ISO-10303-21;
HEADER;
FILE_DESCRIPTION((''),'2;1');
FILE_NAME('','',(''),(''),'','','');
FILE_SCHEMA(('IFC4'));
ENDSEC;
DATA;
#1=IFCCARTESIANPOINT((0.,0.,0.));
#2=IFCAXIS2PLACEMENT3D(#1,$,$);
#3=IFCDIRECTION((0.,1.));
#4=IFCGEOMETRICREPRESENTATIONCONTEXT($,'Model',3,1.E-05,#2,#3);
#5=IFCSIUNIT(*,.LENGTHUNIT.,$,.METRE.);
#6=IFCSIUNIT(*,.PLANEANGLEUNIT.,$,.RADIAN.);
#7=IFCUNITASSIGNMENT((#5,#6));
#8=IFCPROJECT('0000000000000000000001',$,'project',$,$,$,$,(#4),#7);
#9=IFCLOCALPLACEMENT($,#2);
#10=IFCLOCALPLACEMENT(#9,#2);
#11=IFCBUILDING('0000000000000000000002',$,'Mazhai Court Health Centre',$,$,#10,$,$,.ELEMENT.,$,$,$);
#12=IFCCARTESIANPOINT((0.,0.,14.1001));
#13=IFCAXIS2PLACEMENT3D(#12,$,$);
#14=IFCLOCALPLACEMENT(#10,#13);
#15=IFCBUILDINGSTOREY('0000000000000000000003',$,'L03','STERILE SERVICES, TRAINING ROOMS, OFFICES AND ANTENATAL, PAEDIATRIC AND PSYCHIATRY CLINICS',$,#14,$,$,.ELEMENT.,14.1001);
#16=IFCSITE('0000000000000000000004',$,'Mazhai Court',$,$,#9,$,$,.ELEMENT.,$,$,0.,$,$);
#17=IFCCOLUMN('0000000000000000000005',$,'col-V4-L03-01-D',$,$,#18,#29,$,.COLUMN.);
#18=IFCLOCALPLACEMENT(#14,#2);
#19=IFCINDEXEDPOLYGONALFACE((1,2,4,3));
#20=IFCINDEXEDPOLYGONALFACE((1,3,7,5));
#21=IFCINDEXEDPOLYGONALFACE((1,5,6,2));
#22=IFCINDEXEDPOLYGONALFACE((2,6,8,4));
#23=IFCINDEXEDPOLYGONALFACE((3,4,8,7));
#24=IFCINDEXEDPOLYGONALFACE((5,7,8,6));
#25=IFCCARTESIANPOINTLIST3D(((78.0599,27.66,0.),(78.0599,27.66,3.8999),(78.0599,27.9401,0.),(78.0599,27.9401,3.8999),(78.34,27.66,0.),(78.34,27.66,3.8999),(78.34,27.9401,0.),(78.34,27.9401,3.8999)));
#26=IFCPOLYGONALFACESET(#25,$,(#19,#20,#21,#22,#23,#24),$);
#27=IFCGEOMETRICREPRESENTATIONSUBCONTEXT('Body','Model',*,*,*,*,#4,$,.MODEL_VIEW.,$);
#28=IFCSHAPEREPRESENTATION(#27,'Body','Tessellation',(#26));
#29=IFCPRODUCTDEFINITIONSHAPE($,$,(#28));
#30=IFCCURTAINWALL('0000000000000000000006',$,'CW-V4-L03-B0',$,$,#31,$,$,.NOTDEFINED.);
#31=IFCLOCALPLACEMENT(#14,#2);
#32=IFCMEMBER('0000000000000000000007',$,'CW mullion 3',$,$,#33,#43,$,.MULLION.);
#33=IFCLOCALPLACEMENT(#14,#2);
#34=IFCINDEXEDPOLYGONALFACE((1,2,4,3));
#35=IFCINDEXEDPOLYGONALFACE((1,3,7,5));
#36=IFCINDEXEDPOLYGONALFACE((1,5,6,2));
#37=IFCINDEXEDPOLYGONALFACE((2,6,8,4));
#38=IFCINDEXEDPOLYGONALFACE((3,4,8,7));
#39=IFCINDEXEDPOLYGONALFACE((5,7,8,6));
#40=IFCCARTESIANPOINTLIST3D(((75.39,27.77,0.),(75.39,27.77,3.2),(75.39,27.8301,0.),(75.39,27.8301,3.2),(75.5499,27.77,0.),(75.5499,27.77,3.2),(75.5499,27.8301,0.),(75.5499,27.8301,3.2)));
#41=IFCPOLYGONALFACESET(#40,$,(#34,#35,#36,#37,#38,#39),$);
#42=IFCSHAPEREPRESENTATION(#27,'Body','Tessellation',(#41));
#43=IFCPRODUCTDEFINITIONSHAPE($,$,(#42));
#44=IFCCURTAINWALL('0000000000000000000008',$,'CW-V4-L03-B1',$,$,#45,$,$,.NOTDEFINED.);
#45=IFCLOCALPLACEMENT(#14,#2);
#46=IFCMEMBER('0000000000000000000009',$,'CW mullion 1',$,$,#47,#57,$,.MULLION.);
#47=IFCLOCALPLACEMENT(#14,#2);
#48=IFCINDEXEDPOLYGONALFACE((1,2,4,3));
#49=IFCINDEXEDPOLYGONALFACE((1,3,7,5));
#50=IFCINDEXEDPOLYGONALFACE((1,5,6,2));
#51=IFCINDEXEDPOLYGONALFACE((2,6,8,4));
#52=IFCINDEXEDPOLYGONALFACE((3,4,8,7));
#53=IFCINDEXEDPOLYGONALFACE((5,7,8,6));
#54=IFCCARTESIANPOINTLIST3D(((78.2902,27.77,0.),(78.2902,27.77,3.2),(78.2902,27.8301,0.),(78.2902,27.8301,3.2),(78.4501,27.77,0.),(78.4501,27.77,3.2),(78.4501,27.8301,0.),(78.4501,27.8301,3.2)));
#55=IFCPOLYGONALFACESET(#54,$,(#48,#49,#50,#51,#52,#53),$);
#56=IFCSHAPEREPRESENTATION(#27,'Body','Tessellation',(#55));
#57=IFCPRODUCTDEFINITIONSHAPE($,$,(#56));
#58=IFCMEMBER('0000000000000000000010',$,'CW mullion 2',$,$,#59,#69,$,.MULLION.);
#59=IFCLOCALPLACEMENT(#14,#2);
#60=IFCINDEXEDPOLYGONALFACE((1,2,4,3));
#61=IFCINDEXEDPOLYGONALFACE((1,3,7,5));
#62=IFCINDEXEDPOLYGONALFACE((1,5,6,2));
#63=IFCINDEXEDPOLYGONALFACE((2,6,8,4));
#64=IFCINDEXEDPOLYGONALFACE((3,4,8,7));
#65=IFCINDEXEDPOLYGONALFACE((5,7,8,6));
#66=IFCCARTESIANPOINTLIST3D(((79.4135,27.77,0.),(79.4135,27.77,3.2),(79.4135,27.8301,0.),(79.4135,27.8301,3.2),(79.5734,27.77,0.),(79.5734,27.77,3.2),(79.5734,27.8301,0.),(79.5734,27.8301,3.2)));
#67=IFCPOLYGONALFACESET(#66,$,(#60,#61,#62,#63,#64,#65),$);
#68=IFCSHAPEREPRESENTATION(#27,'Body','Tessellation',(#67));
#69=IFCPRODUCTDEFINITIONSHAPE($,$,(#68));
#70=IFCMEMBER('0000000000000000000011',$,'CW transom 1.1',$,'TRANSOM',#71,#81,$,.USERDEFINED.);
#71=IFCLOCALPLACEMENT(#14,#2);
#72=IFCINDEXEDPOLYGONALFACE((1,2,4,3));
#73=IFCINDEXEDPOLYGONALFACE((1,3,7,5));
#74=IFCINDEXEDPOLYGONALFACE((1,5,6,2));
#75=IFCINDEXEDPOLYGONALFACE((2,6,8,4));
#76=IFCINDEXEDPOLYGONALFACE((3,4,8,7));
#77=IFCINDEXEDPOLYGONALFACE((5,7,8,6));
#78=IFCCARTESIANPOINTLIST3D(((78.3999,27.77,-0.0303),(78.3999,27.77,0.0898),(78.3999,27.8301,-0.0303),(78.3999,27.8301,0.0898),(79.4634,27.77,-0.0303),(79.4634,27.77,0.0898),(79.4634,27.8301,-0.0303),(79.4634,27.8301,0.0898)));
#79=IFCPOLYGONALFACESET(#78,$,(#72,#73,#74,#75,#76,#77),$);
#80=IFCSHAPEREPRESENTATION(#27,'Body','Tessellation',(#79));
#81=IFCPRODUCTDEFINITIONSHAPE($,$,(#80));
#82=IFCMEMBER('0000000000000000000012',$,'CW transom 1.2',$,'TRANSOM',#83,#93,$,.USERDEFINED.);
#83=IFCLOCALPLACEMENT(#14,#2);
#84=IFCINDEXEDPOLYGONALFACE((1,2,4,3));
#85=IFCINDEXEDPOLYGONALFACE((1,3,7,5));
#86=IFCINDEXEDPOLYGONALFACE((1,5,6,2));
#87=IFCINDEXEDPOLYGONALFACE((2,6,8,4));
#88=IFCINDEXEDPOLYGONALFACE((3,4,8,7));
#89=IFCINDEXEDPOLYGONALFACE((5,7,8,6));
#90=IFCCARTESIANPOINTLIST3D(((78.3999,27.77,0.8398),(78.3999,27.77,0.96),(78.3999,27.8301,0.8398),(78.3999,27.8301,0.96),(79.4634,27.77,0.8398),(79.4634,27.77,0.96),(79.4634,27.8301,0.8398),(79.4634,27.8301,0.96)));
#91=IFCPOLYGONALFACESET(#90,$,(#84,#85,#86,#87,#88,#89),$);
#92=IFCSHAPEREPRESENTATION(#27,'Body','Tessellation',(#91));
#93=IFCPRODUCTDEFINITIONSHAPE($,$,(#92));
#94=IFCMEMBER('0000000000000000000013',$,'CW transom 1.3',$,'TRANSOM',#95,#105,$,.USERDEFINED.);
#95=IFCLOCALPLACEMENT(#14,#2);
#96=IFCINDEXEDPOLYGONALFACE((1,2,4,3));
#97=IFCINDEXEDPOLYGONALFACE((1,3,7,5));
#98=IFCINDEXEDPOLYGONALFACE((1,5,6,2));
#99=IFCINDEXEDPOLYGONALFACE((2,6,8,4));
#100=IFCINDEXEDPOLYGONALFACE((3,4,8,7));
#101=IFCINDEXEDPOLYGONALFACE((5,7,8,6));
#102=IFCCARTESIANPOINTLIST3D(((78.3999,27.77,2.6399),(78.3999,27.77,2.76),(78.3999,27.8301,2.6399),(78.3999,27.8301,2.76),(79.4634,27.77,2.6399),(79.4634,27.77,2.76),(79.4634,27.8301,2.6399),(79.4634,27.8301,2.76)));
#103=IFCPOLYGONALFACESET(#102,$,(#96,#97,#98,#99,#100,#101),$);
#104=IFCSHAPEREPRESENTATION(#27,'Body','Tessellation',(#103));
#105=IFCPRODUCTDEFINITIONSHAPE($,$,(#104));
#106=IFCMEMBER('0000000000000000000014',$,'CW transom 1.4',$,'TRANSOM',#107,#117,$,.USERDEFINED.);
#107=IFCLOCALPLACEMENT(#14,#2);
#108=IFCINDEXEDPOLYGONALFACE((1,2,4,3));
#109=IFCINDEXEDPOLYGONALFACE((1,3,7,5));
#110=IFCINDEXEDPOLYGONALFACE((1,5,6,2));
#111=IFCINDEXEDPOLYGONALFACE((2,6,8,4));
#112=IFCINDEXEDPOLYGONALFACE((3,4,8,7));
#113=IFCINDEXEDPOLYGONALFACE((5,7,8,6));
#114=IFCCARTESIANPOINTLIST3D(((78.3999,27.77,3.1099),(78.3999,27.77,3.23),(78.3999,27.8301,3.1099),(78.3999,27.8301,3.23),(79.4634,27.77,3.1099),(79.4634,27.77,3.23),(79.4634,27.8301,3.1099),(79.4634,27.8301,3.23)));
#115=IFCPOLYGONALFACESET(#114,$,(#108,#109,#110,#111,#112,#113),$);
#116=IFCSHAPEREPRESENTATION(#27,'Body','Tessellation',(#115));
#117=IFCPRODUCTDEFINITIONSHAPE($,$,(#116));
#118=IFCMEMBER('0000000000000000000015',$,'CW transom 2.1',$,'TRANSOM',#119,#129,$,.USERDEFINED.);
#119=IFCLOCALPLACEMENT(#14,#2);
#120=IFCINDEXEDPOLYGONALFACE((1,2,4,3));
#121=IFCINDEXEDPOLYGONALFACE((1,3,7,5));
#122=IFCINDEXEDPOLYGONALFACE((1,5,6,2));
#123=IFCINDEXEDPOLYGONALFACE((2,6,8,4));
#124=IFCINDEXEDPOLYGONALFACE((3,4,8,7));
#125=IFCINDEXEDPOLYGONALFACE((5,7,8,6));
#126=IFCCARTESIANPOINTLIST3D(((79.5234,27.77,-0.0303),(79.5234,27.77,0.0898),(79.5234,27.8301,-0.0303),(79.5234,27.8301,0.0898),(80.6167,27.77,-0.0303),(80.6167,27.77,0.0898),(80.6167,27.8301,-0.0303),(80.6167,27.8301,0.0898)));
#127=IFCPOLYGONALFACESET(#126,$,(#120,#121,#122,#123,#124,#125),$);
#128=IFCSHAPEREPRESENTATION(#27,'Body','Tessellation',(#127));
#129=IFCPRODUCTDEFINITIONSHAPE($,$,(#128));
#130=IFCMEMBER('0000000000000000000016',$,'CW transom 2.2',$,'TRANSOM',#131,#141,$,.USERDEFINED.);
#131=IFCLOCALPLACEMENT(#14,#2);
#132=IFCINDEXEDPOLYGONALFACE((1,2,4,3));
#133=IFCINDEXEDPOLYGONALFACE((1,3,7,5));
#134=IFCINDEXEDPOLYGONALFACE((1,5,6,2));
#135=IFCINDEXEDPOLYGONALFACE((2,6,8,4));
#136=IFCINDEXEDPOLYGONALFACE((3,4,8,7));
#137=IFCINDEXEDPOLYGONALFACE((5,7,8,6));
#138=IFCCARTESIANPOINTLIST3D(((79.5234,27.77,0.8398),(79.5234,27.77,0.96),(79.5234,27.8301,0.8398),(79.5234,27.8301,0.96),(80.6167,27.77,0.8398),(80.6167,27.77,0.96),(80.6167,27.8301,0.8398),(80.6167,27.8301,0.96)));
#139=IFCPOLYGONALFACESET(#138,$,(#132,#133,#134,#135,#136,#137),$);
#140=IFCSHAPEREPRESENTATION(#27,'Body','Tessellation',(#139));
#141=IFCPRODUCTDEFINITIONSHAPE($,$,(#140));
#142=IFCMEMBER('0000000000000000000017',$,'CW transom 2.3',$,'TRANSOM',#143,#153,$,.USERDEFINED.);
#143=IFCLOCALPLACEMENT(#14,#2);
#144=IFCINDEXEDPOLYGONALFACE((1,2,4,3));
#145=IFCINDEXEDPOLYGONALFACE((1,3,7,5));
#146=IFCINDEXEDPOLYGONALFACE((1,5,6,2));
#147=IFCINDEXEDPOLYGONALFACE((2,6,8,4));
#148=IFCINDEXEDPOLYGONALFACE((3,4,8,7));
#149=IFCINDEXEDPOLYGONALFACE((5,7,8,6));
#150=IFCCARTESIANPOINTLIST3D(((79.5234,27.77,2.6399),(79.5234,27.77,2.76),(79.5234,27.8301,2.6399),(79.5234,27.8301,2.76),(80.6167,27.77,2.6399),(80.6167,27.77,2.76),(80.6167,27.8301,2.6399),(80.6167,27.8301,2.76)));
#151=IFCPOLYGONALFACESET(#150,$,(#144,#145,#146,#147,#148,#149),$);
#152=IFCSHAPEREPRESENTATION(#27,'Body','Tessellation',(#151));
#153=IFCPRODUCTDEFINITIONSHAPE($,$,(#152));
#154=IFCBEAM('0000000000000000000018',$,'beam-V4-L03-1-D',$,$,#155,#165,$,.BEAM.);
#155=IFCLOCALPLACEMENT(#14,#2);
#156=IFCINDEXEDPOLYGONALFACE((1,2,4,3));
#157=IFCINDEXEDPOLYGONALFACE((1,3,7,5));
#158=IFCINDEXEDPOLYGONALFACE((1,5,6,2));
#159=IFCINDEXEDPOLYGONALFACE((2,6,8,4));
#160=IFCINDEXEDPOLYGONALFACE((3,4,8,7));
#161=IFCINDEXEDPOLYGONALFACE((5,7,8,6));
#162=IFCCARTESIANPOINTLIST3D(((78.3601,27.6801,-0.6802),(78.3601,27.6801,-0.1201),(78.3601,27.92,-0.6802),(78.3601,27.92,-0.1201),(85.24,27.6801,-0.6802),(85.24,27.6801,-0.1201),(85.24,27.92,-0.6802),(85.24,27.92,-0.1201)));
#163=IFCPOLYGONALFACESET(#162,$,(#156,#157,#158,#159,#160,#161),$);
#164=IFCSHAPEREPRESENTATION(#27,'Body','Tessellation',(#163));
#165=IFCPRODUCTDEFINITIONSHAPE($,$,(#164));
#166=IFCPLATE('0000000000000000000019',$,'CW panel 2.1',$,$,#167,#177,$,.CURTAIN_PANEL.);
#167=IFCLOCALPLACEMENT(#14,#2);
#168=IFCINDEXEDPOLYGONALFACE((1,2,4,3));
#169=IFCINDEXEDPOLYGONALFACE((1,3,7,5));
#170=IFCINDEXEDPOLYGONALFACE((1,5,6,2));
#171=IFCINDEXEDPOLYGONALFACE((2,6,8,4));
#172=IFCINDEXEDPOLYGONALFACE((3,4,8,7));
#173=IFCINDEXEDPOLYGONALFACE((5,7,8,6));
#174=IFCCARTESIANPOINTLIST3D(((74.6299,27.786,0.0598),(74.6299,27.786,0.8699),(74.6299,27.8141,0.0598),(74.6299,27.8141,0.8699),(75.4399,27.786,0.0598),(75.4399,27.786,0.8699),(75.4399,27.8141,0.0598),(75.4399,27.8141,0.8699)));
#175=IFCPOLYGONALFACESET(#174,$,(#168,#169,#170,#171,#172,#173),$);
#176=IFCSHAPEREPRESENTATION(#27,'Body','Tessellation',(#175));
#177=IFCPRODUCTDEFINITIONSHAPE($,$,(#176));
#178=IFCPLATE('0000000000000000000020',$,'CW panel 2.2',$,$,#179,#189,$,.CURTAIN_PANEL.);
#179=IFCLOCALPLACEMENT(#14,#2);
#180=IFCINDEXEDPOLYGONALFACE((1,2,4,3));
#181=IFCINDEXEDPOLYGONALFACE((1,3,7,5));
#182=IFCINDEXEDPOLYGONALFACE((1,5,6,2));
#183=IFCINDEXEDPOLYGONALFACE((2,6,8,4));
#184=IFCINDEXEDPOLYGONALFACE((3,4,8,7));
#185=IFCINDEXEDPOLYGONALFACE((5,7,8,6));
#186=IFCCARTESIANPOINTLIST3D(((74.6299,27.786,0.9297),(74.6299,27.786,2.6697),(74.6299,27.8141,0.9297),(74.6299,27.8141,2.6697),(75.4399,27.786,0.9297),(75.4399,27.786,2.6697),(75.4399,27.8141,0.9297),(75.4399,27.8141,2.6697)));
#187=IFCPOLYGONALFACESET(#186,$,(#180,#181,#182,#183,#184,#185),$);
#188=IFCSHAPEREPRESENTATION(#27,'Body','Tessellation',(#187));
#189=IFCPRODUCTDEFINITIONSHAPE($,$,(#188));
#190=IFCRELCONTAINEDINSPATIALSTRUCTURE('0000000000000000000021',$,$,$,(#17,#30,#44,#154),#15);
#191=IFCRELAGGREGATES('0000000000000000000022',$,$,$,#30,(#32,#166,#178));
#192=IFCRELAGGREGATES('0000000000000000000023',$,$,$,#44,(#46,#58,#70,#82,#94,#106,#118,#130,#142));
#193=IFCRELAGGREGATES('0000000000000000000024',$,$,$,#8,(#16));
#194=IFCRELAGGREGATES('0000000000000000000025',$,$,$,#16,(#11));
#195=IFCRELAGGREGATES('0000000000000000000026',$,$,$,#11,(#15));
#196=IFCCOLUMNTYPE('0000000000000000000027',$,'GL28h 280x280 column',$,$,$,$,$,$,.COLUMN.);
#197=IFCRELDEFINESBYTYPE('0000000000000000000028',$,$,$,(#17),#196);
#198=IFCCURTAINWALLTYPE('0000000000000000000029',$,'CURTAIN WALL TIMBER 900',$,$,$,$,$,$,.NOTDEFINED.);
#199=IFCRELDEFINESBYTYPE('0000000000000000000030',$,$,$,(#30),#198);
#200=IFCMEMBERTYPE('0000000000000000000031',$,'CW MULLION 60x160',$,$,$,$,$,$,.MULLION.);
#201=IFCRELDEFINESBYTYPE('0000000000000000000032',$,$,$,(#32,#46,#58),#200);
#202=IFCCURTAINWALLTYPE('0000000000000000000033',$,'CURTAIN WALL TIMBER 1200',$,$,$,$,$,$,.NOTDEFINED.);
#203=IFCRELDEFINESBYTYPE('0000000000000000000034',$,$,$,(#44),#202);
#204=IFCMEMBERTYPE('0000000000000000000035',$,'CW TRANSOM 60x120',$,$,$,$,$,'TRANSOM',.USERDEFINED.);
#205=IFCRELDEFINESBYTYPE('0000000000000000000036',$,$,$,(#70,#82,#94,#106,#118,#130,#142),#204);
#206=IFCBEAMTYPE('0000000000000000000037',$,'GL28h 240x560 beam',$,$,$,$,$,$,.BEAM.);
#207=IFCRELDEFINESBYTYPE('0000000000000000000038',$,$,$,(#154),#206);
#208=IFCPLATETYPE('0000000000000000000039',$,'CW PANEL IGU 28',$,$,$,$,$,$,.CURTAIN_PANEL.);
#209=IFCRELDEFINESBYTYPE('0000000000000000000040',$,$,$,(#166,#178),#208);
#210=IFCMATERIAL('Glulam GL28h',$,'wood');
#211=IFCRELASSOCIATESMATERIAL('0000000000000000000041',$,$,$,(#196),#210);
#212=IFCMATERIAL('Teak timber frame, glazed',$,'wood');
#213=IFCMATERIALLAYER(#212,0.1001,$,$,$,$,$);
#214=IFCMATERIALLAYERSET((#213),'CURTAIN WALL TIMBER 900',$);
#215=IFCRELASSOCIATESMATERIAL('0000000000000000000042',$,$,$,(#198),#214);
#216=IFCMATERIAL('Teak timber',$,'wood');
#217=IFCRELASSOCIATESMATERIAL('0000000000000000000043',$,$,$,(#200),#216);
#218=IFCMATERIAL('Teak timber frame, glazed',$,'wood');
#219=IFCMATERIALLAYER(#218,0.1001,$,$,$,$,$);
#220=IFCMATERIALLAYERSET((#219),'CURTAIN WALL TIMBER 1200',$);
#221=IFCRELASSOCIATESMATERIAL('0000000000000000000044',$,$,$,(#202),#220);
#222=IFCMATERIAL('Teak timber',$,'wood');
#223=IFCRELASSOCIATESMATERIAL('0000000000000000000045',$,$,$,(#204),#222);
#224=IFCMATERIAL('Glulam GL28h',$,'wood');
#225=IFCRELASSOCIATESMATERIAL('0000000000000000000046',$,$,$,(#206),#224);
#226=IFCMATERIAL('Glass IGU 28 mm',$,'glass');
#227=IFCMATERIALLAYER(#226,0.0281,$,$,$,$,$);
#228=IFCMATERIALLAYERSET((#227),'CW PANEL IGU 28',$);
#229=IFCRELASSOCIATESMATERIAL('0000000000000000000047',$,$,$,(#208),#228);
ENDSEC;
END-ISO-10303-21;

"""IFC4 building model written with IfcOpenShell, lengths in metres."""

from ifc_helpers import new_model, si_unit, direction, frame, origin, origin_2d, place, context, subcontext, project, spatial, rectangle, extrude, material, layer, layer_set, material_profile, profile_set, type_object, element, aggregate, save


model = new_model("IFC4")

# Units and contexts
model_context = context("Model", 3, precision=1e-05, world=origin(), true_north=direction((0.0, 1.0)))
body_context = subcontext(model_context, "Body", "Model", "MODEL_VIEW")
ifc_project = project(units=[si_unit("LENGTHUNIT", "METRE"), si_unit("PLANEANGLEUNIT", "RADIAN")], contexts=[model_context])

# Site, building, storey
site_placement = place(None, origin())
site = spatial("IfcSite", under=ifc_project, at=site_placement, Name="Mazhai Court", CompositionType="ELEMENT", RefElevation=0.0)
building_placement = place(site_placement, origin())
building = spatial("IfcBuilding", under=site, at=building_placement, Name="Mazhai Court Health Centre", CompositionType="ELEMENT")
storey_placement = place(building_placement, frame((0.0, 0.0, 14.1001)))
storey = spatial("IfcBuildingStorey", under=building, at=storey_placement, Name="L03", Description="STERILE SERVICES, TRAINING ROOMS, OFFICES AND ANTENATAL, PAEDIATRIC AND PSYCHIATRY CLINICS", CompositionType="ELEMENT", Elevation=14.1001)

# Column
ifc_material_1 = material(Name="Glulam GL28h", Category="wood")
ifc_material_profile_1 = material_profile(ifc_material_1, rectangle(XDim=0.28, YDim=0.28, at=origin_2d()), Name="GL28h 280x280")
ifc_profile_set_1 = profile_set([ifc_material_profile_1], Name="Glulam GL28h")
column_type = type_object("IfcColumnType", Name="GL28h 280x280 column", PredefinedType="COLUMN", material=ifc_profile_set_1)
column_placement = place(storey_placement, frame((78.2, 27.8, 0.0), z_axis=(0.0, 0.0, 1.0), x_axis=(1.0, 0.0, 0.0)))
element("IfcColumn", 1, at=column_placement, inside=storey, type_object=column_type, Name="col-V4-L03-01-D", PredefinedType="COLUMN", context=body_context, shape_type="SweptSolid", body=[
    extrude(rectangle(XDim=0.28, YDim=0.28, at=origin_2d()), origin(), (0.0, 0.0, 1.0), 3.8999),
])

# Curtain wall, member
ifc_material_2 = material(Name="Teak timber frame, glazed", Category="wood")
ifc_layer_1 = layer(ifc_material_2, 0.1001)
ifc_layer_set_1 = layer_set([ifc_layer_1], Name="CURTAIN WALL TIMBER 900")
curtain_wall_type_1 = type_object("IfcCurtainWallType", Name="CURTAIN WALL TIMBER 900", PredefinedType="NOTDEFINED", material=ifc_layer_set_1)
curtain_wall_1_placement = place(storey_placement, origin())
curtain_wall_1 = element("IfcCurtainWall", 2, at=curtain_wall_1_placement, inside=storey, type_object=curtain_wall_type_1, Name="CW-V4-L03-B0", PredefinedType="NOTDEFINED")
ifc_material_3 = material(Name="Teak timber", Category="wood")
ifc_material_profile_2 = material_profile(ifc_material_3, rectangle(XDim=0.0601, YDim=0.1599, at=origin_2d()), Name="CW MULLION 60x160")
ifc_profile_set_2 = profile_set([ifc_material_profile_2], Name="Teak timber")
member_type_1 = type_object("IfcMemberType", Name="CW MULLION 60x160", PredefinedType="MULLION", material=ifc_profile_set_2)
member_1_placement = place(storey_placement, frame((75.47, 27.8, 0.0), z_axis=(0.0, 0.0, 1.0), x_axis=(0.0, 1.0, 0.0)))
member_1 = element("IfcMember", 3, at=member_1_placement, type_object=member_type_1, Name="CW mullion 3", PredefinedType="MULLION", context=body_context, shape_type="SweptSolid", body=[
    extrude(rectangle(XDim=0.0601, YDim=0.1599, at=origin_2d()), origin(), (0.0, 0.0, 1.0), 3.2),
])

# Curtain wall, members
ifc_material_4 = material(Name="Teak timber frame, glazed", Category="wood")
ifc_layer_2 = layer(ifc_material_4, 0.1001)
ifc_layer_set_2 = layer_set([ifc_layer_2], Name="CURTAIN WALL TIMBER 1200")
curtain_wall_type_2 = type_object("IfcCurtainWallType", Name="CURTAIN WALL TIMBER 1200", PredefinedType="NOTDEFINED", material=ifc_layer_set_2)
curtain_wall_2_placement = place(storey_placement, origin())
curtain_wall_2 = element("IfcCurtainWall", 4, at=curtain_wall_2_placement, inside=storey, type_object=curtain_wall_type_2, Name="CW-V4-L03-B1", PredefinedType="NOTDEFINED")
member_2_placement = place(storey_placement, frame((78.3701, 27.8, 0.0), z_axis=(0.0, 0.0, 1.0), x_axis=(0.0, 1.0, 0.0)))
member_2 = element("IfcMember", 5, at=member_2_placement, type_object=member_type_1, Name="CW mullion 1", PredefinedType="MULLION", context=body_context, shape_type="SweptSolid", body=[
    extrude(rectangle(XDim=0.0601, YDim=0.1599, at=origin_2d()), origin(), (0.0, 0.0, 1.0), 3.2),
])
member_3_placement = place(storey_placement, frame((79.4934, 27.8, 0.0), z_axis=(0.0, 0.0, 1.0), x_axis=(0.0, 1.0, 0.0)))
member_3 = element("IfcMember", 6, at=member_3_placement, type_object=member_type_1, Name="CW mullion 2", PredefinedType="MULLION", context=body_context, shape_type="SweptSolid", body=[
    extrude(rectangle(XDim=0.0601, YDim=0.1599, at=origin_2d()), origin(), (0.0, 0.0, 1.0), 3.2),
])
ifc_material_5 = material(Name="Teak timber", Category="wood")
ifc_material_profile_3 = material_profile(ifc_material_5, rectangle(XDim=0.0601, YDim=0.1201, at=origin_2d()), Name="CW TRANSOM 60x120")
ifc_profile_set_3 = profile_set([ifc_material_profile_3], Name="Teak timber")
member_type_2 = type_object("IfcMemberType", Name="CW TRANSOM 60x120", ElementType="TRANSOM", PredefinedType="USERDEFINED", material=ifc_profile_set_3)
member_4_placement = place(storey_placement, frame((78.3999, 27.8, 0.0298), z_axis=(1.0, 0.0, 0.0), x_axis=(0.0, 1.0, 0.0)))
member_4 = element("IfcMember", 7, at=member_4_placement, type_object=member_type_2, Name="CW transom 1.1", ObjectType="TRANSOM", PredefinedType="USERDEFINED", context=body_context, shape_type="SweptSolid", body=[
    extrude(rectangle(XDim=0.0601, YDim=0.1201, at=origin_2d()), origin(), (0.0, 0.0, 1.0), 1.0635),
])
member_5_placement = place(storey_placement, frame((78.3999, 27.8, 0.8999), z_axis=(1.0, 0.0, 0.0), x_axis=(0.0, 1.0, 0.0)))
member_5 = element("IfcMember", 8, at=member_5_placement, type_object=member_type_2, Name="CW transom 1.2", ObjectType="TRANSOM", PredefinedType="USERDEFINED", context=body_context, shape_type="SweptSolid", body=[
    extrude(rectangle(XDim=0.0601, YDim=0.1201, at=origin_2d()), origin(), (0.0, 0.0, 1.0), 1.0635),
])
member_6_placement = place(storey_placement, frame((78.3999, 27.8, 2.7), z_axis=(1.0, 0.0, 0.0), x_axis=(0.0, 1.0, 0.0)))
member_6 = element("IfcMember", 9, at=member_6_placement, type_object=member_type_2, Name="CW transom 1.3", ObjectType="TRANSOM", PredefinedType="USERDEFINED", context=body_context, shape_type="SweptSolid", body=[
    extrude(rectangle(XDim=0.0601, YDim=0.1201, at=origin_2d()), origin(), (0.0, 0.0, 1.0), 1.0635),
])
member_7_placement = place(storey_placement, frame((78.3999, 27.8, 3.1699), z_axis=(1.0, 0.0, 0.0), x_axis=(0.0, 1.0, 0.0)))
member_7 = element("IfcMember", 10, at=member_7_placement, type_object=member_type_2, Name="CW transom 1.4", ObjectType="TRANSOM", PredefinedType="USERDEFINED", context=body_context, shape_type="SweptSolid", body=[
    extrude(rectangle(XDim=0.0601, YDim=0.1201, at=origin_2d()), origin(), (0.0, 0.0, 1.0), 1.0635),
])
member_8_placement = place(storey_placement, frame((79.5234, 27.8, 0.0298), z_axis=(1.0, 0.0, 0.0), x_axis=(0.0, 1.0, 0.0)))
member_8 = element("IfcMember", 11, at=member_8_placement, type_object=member_type_2, Name="CW transom 2.1", ObjectType="TRANSOM", PredefinedType="USERDEFINED", context=body_context, shape_type="SweptSolid", body=[
    extrude(rectangle(XDim=0.0601, YDim=0.1201, at=origin_2d()), origin(), (0.0, 0.0, 1.0), 1.0933),
])
member_9_placement = place(storey_placement, frame((79.5234, 27.8, 0.8999), z_axis=(1.0, 0.0, 0.0), x_axis=(0.0, 1.0, 0.0)))
member_9 = element("IfcMember", 12, at=member_9_placement, type_object=member_type_2, Name="CW transom 2.2", ObjectType="TRANSOM", PredefinedType="USERDEFINED", context=body_context, shape_type="SweptSolid", body=[
    extrude(rectangle(XDim=0.0601, YDim=0.1201, at=origin_2d()), origin(), (0.0, 0.0, 1.0), 1.0933),
])
member_10_placement = place(storey_placement, frame((79.5234, 27.8, 2.7), z_axis=(1.0, 0.0, 0.0), x_axis=(0.0, 1.0, 0.0)))
member_10 = element("IfcMember", 13, at=member_10_placement, type_object=member_type_2, Name="CW transom 2.3", ObjectType="TRANSOM", PredefinedType="USERDEFINED", context=body_context, shape_type="SweptSolid", body=[
    extrude(rectangle(XDim=0.0601, YDim=0.1201, at=origin_2d()), origin(), (0.0, 0.0, 1.0), 1.0933),
])

# Beam
ifc_material_6 = material(Name="Glulam GL28h", Category="wood")
ifc_material_profile_4 = material_profile(ifc_material_6, rectangle(XDim=0.24, YDim=0.5601, at=origin_2d()), Name="GL28h 240x560")
ifc_profile_set_4 = profile_set([ifc_material_profile_4], Name="Glulam GL28h")
beam_type = type_object("IfcBeamType", Name="GL28h 240x560 beam", PredefinedType="BEAM", material=ifc_profile_set_4)
beam_placement = place(storey_placement, frame((78.3601, 27.8, -0.4001), z_axis=(1.0, 0.0, 0.0), x_axis=(0.0, 1.0, 0.0)))
element("IfcBeam", 14, at=beam_placement, inside=storey, type_object=beam_type, Name="beam-V4-L03-1-D", PredefinedType="BEAM", context=body_context, shape_type="SweptSolid", body=[
    extrude(rectangle(XDim=0.24, YDim=0.5601, at=origin_2d()), origin(), (0.0, 0.0, 1.0), 6.8799),
])

# Plates
ifc_material_7 = material(Name="Glass IGU 28 mm", Category="glass")
ifc_layer_3 = layer(ifc_material_7, 0.0281)
ifc_layer_set_3 = layer_set([ifc_layer_3], Name="CW PANEL IGU 28")
plate_type = type_object("IfcPlateType", Name="CW PANEL IGU 28", PredefinedType="CURTAIN_PANEL", material=ifc_layer_set_3)
plate_1_placement = place(storey_placement, frame((75.0349, 27.8, 0.0598), z_axis=(0.0, 0.0, 1.0), x_axis=(1.0, 0.0, 0.0)))
plate_1 = element("IfcPlate", 15, at=plate_1_placement, type_object=plate_type, Name="CW panel 2.1", PredefinedType="CURTAIN_PANEL", context=body_context, shape_type="SweptSolid", body=[
    extrude(rectangle(XDim=0.8101, YDim=0.0281, at=origin_2d()), origin(), (0.0, 0.0, 1.0), 0.8101),
])
plate_2_placement = place(storey_placement, frame((75.0349, 27.8, 0.9297), z_axis=(0.0, 0.0, 1.0), x_axis=(1.0, 0.0, 0.0)))
plate_2 = element("IfcPlate", 16, at=plate_2_placement, type_object=plate_type, Name="CW panel 2.2", PredefinedType="CURTAIN_PANEL", context=body_context, shape_type="SweptSolid", body=[
    extrude(rectangle(XDim=0.8101, YDim=0.0281, at=origin_2d()), origin(), (0.0, 0.0, 1.0), 1.74),
])
aggregate(curtain_wall_1, [member_1, plate_1, plate_2])
aggregate(curtain_wall_2, [member_2, member_3, member_4, member_5, member_6, member_7, member_8, member_9, member_10])

save(model, "model.ifc")
